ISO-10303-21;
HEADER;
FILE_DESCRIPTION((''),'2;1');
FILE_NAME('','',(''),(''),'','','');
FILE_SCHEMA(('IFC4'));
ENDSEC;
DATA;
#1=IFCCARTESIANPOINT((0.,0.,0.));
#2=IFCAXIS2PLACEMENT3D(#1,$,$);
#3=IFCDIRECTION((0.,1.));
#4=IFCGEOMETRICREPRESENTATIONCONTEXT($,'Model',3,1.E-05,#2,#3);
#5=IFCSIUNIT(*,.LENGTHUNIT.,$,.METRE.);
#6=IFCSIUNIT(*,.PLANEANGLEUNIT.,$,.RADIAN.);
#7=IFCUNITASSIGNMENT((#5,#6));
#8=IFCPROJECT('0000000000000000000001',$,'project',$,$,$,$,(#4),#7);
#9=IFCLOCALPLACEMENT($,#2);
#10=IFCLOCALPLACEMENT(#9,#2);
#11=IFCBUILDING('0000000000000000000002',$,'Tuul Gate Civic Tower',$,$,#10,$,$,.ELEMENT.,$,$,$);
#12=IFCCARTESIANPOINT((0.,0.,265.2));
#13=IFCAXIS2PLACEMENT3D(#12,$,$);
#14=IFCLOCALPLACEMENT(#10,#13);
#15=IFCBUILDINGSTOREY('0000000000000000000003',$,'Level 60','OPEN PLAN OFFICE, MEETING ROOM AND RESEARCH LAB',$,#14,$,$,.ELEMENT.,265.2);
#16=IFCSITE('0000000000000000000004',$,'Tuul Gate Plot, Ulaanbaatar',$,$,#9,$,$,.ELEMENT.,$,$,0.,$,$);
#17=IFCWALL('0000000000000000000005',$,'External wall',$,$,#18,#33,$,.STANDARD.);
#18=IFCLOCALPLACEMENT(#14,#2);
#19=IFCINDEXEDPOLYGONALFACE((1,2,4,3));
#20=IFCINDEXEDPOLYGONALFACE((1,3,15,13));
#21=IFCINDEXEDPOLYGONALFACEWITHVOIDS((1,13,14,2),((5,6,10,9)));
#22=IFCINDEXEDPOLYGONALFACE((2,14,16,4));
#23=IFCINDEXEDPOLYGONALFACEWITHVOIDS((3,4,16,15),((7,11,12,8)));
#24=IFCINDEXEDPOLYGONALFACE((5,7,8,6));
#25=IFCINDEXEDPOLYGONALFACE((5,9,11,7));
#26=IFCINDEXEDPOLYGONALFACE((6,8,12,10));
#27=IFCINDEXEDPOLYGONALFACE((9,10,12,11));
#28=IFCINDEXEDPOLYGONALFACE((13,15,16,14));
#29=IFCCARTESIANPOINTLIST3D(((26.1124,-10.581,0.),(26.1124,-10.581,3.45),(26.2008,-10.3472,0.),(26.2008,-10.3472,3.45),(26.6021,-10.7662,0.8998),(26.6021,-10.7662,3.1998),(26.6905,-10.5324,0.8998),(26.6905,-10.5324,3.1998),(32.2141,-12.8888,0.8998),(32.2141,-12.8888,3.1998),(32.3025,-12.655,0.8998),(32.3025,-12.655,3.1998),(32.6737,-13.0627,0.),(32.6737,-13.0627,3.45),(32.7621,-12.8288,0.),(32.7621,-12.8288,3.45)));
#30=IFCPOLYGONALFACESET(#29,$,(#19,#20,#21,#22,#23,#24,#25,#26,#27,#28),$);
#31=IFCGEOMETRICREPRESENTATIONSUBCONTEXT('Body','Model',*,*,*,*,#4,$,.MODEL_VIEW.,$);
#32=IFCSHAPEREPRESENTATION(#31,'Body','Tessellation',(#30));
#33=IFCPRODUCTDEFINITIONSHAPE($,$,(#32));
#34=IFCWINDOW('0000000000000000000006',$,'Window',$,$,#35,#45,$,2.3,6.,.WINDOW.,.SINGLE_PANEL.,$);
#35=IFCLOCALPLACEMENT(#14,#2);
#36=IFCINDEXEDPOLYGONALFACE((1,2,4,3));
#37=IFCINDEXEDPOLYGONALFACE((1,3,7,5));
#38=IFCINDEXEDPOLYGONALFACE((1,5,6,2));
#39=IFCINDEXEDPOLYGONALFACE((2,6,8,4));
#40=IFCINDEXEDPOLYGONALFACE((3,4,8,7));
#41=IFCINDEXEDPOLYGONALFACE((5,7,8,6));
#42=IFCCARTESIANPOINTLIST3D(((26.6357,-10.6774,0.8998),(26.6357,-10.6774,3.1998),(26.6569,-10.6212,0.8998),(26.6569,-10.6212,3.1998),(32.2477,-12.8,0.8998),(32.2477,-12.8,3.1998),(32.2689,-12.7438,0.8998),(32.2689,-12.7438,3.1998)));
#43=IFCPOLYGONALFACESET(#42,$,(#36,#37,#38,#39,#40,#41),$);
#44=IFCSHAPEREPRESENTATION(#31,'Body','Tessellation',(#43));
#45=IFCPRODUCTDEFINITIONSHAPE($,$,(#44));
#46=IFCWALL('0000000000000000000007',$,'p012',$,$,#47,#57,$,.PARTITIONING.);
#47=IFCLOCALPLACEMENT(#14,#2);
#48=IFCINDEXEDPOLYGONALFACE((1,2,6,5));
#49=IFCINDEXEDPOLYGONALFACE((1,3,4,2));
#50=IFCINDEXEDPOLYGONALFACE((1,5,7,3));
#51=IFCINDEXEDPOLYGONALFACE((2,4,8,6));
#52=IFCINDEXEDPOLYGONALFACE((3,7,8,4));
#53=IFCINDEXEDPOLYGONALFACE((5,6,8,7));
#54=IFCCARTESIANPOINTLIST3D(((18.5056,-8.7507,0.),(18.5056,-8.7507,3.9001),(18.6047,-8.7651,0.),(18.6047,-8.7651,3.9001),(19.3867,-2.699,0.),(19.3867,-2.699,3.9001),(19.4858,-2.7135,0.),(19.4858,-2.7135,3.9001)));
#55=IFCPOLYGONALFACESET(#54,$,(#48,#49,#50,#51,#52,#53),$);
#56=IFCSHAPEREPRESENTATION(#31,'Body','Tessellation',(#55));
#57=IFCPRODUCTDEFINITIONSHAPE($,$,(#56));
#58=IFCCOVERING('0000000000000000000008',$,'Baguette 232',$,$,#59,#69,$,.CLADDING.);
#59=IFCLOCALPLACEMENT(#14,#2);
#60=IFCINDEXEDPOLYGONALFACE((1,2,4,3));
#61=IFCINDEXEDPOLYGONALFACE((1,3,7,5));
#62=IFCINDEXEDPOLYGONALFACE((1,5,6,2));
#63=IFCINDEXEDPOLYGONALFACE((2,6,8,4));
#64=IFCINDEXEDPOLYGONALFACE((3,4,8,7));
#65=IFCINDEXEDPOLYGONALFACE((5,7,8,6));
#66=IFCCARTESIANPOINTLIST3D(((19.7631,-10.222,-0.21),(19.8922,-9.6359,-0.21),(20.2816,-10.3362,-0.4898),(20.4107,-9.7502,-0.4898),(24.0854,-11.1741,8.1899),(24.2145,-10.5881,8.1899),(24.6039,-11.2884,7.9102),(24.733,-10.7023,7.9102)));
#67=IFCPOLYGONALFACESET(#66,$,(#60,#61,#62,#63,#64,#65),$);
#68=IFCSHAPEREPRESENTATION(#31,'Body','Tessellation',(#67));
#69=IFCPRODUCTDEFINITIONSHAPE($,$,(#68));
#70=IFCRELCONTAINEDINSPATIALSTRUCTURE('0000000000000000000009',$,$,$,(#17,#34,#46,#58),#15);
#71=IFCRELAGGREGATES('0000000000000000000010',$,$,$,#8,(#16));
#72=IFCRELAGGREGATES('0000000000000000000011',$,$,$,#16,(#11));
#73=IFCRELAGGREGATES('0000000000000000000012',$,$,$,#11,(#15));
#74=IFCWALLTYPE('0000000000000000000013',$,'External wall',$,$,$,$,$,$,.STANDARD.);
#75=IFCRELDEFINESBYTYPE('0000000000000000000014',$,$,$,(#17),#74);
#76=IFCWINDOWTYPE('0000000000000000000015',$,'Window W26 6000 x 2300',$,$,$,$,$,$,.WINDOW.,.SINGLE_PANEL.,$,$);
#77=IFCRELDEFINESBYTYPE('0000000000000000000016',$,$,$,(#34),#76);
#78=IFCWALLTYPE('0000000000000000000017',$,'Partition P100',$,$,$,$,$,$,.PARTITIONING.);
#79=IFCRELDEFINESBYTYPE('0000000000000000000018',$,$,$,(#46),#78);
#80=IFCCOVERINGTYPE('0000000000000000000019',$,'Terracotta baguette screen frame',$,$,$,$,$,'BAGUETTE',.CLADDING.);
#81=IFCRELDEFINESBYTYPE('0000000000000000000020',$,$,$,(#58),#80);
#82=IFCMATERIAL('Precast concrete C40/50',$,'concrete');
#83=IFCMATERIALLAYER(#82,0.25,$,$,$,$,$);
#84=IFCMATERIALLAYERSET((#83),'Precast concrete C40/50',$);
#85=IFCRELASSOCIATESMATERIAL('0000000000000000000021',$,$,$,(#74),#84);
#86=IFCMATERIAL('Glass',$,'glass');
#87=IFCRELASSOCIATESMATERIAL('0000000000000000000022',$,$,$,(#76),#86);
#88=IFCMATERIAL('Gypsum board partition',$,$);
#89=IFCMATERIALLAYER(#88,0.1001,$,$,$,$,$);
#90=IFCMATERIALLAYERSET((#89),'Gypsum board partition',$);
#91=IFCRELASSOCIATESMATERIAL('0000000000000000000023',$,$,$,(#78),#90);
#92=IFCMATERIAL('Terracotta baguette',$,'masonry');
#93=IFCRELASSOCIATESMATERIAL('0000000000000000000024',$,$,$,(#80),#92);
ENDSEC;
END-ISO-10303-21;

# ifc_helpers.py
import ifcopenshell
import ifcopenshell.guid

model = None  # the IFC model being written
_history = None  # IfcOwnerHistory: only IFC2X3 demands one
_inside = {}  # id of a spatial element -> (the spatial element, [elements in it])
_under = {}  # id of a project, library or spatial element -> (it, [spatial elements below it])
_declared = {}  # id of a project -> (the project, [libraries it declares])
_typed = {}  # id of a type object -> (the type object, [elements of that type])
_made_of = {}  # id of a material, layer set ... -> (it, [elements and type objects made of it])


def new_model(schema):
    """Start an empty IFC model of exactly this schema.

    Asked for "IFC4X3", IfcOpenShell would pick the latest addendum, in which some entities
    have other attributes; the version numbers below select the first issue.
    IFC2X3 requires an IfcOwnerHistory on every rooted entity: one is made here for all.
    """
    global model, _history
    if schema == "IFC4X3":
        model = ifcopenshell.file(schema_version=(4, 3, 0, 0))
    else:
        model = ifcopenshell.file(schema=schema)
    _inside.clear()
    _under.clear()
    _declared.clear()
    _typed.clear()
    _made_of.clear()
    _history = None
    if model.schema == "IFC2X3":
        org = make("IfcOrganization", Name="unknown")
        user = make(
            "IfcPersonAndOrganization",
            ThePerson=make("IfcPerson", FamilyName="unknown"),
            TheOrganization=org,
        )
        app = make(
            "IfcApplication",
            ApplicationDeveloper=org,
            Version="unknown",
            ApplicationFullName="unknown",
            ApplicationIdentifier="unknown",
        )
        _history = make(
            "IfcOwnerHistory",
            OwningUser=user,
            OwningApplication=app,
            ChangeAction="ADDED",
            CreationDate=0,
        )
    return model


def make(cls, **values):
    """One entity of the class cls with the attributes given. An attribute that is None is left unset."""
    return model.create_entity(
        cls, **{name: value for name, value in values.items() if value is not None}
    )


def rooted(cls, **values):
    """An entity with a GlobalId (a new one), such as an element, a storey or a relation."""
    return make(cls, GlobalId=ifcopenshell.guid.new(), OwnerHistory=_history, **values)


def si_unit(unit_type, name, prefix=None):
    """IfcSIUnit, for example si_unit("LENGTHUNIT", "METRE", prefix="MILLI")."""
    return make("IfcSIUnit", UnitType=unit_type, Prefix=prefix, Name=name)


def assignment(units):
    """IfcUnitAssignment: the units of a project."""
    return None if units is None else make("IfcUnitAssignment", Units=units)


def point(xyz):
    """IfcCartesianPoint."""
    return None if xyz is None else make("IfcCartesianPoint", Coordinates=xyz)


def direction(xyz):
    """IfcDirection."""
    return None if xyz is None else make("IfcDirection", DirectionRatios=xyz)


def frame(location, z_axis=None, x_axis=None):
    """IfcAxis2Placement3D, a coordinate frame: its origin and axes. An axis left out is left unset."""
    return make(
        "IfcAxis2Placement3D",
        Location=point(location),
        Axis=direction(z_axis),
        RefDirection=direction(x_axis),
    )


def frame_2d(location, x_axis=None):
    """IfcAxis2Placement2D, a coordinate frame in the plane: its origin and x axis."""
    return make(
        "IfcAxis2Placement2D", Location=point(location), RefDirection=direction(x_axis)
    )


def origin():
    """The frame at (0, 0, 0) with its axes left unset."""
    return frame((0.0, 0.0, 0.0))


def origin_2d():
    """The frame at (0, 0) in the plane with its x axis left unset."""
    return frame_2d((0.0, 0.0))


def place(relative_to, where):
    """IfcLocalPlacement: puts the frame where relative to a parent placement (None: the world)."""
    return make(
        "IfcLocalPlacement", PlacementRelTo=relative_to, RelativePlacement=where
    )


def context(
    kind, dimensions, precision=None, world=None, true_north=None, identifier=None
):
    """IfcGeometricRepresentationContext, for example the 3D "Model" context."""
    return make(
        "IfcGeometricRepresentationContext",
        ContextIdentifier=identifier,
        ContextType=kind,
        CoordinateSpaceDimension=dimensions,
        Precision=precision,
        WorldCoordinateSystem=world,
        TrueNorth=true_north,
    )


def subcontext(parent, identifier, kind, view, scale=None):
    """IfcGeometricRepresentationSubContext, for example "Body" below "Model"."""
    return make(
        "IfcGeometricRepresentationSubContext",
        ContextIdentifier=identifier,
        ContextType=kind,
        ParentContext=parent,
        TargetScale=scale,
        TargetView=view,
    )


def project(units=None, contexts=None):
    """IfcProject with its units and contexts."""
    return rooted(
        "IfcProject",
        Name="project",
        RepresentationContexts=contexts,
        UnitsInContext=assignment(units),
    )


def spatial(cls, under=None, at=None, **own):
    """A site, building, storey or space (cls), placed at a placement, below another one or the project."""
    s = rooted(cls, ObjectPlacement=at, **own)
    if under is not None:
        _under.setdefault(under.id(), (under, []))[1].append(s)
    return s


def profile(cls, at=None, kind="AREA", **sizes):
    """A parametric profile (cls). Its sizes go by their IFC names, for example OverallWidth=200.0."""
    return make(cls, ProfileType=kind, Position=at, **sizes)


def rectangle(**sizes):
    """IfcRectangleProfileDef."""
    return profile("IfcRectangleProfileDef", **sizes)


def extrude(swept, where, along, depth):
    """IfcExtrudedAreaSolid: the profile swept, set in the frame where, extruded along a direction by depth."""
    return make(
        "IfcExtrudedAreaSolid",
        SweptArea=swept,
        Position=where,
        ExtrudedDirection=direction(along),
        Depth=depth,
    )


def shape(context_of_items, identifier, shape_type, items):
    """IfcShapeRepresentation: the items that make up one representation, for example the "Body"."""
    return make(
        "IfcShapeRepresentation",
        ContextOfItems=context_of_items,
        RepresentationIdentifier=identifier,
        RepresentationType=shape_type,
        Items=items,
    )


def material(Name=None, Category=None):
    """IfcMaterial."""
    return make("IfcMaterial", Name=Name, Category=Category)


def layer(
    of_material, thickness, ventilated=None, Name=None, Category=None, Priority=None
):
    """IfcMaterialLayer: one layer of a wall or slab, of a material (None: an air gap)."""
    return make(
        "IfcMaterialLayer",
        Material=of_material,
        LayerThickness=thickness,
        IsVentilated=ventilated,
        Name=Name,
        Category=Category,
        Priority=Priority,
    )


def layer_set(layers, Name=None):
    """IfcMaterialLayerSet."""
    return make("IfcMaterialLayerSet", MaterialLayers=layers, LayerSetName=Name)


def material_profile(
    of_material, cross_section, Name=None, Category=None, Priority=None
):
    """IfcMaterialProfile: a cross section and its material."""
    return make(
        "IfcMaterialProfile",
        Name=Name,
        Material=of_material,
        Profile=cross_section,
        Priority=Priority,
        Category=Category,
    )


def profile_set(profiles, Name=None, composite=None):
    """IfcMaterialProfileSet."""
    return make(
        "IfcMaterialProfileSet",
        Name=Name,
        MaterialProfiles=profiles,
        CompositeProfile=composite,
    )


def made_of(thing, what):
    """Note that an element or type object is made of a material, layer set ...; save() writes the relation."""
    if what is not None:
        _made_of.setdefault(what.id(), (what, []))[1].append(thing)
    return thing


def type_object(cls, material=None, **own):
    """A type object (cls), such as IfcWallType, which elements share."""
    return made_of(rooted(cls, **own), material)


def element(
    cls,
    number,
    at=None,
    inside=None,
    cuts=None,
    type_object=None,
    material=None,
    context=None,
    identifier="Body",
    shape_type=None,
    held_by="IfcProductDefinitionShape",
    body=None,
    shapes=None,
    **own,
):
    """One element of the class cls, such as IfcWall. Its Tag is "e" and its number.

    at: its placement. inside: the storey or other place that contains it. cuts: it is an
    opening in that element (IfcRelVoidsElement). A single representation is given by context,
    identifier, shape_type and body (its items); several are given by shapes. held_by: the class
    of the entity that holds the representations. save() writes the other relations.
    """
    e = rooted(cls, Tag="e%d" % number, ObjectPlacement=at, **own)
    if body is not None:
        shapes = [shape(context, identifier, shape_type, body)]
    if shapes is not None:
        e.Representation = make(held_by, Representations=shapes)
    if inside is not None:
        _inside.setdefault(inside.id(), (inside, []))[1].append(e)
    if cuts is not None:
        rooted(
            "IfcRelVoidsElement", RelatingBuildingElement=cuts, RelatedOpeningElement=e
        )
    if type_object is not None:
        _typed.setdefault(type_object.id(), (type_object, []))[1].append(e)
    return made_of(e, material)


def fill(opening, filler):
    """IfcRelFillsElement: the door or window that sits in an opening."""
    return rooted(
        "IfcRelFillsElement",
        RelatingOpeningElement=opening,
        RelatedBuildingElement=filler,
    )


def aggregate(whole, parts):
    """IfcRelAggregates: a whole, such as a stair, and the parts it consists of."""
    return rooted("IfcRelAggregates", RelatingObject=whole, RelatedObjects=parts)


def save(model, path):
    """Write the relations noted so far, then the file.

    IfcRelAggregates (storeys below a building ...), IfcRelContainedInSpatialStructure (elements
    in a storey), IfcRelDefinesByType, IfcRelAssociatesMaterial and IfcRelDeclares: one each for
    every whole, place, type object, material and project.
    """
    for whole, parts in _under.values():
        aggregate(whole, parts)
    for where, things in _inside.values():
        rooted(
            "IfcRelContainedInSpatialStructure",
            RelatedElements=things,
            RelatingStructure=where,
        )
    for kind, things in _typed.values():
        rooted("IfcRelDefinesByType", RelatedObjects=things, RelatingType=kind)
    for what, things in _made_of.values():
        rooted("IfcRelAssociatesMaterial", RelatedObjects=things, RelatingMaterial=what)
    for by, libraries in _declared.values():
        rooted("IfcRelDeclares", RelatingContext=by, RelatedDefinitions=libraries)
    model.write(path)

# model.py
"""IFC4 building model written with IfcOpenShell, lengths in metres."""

from ifc_helpers import new_model, si_unit, direction, frame, frame_2d, origin, origin_2d, place, context, subcontext, project, spatial, rectangle, extrude, material, layer, layer_set, material_profile, profile_set, type_object, element, fill, save


model = new_model("IFC4")

# Units and contexts
model_context = context("Model", 3, precision=1e-05, world=origin(), true_north=direction((0.0, 1.0)))
body_context = subcontext(model_context, "Body", "Model", "MODEL_VIEW")
ifc_project = project(units=[si_unit("LENGTHUNIT", "METRE"), si_unit("PLANEANGLEUNIT", "RADIAN")], contexts=[model_context])

# Site, building, storey
site_placement = place(None, origin())
site = spatial("IfcSite", under=ifc_project, at=site_placement, Name="Tuul Gate Plot, Ulaanbaatar", CompositionType="ELEMENT", RefElevation=0.0)
building_placement = place(site_placement, origin())
building = spatial("IfcBuilding", under=site, at=building_placement, Name="Tuul Gate Civic Tower", CompositionType="ELEMENT")
storey_placement = place(building_placement, frame((0.0, 0.0, 265.2)))
storey = spatial("IfcBuildingStorey", under=building, at=storey_placement, Name="Level 60", Description="OPEN PLAN OFFICE, MEETING ROOM AND RESEARCH LAB", CompositionType="ELEMENT", Elevation=265.2)

# Wall, opening, window
ifc_material_1 = material(Name="Precast concrete C40/50", Category="concrete")
ifc_layer_1 = layer(ifc_material_1, 0.25)
ifc_layer_set_1 = layer_set([ifc_layer_1], Name="Precast concrete C40/50")
wall_type_1 = type_object("IfcWallType", Name="External wall", PredefinedType="STANDARD", material=ifc_layer_set_1)
ifc_material_2 = material(Name="Glass", Category="glass")
window_type = type_object("IfcWindowType", Name="Window W26 6000 x 2300", PartitioningType="SINGLE_PANEL", PredefinedType="WINDOW", material=ifc_material_2)
wall_1_placement = place(storey_placement, frame((26.1567, -10.4641, 0.0), z_axis=(0.0, 0.0, 1.0), x_axis=(0.935331, -0.353773, 0.0)))
wall_1 = element("IfcWall", 1, at=wall_1_placement, inside=storey, type_object=wall_type_1, Name="External wall", PredefinedType="STANDARD", context=body_context, shape_type="SweptSolid", body=[
    extrude(rectangle(XDim=7.0149, YDim=0.25, at=frame_2d((3.5073, 0.0))), origin(), (0.0, 0.0, 1.0), 3.45),
])
opening_1_placement = place(wall_1_placement, frame((0.5234, 0.0, 0.8999)))
opening_1 = element("IfcOpeningElement", 2, at=opening_1_placement, cuts=wall_1, PredefinedType="OPENING", context=body_context, shape_type="SweptSolid", body=[
    extrude(rectangle(XDim=6.0, YDim=2.3, at=frame_2d((3.0, 1.1499))), frame((0.0, 0.135, 0.0), z_axis=(0.0, -1.0, 0.0), x_axis=(1.0, 0.0, 0.0)), (0.0, 0.0, 1.0), 0.27),
])
window_1_placement = place(opening_1_placement, origin())
window_1 = element("IfcWindow", 3, at=window_1_placement, inside=storey, type_object=window_type, Name="Window", OverallHeight=2.3, OverallWidth=6.0, PartitioningType="SINGLE_PANEL", PredefinedType="WINDOW", context=body_context, shape_type="SweptSolid", body=[
    extrude(rectangle(XDim=6.0, YDim=2.3, at=frame_2d((3.0, 1.1499))), frame((0.0, 0.03, 0.0), z_axis=(0.0, -1.0, 0.0), x_axis=(1.0, 0.0, 0.0)), (0.0, 0.0, 1.0), 0.0601),
])
fill(opening_1, window_1)

# Wall
ifc_material_3 = material(Name="Gypsum board partition")
ifc_layer_2 = layer(ifc_material_3, 0.1001)
ifc_layer_set_2 = layer_set([ifc_layer_2], Name="Gypsum board partition")
wall_type_2 = type_object("IfcWallType", Name="Partition P100", PredefinedType="PARTITIONING", material=ifc_layer_set_2)
wall_2_placement = place(storey_placement, frame((18.5552, -8.7578, 0.0), z_axis=(0.0, 0.0, 1.0), x_axis=(0.144076, 0.989567, 0.0)))
element("IfcWall", 4, at=wall_2_placement, inside=storey, type_object=wall_type_2, Name="p012", PredefinedType="PARTITIONING", context=body_context, shape_type="SweptSolid", body=[
    extrude(rectangle(XDim=6.1155, YDim=0.1001, at=frame_2d((3.0576, 0.0))), origin(), (0.0, 0.0, 1.0), 3.9001),
])

# Covering
ifc_material_4 = material(Name="Terracotta baguette", Category="masonry")
ifc_material_profile_1 = material_profile(ifc_material_4, rectangle(XDim=0.6001, YDim=0.6001, at=origin_2d()), Name="Terracotta baguette screen frame")
ifc_profile_set_1 = profile_set([ifc_material_profile_1], Name="Terracotta baguette")
covering_type = type_object("IfcCoveringType", Name="Terracotta baguette screen frame", ElementType="BAGUETTE", PredefinedType="CLADDING", material=ifc_profile_set_1)
covering_placement = place(storey_placement, frame((24.4092, -10.9382, 8.05), z_axis=(-0.455235, 0.100283, -0.884706), x_axis=(-0.215131, -0.976585, 0.0)))
element("IfcCovering", 5, at=covering_placement, inside=storey, type_object=covering_type, Name="Baguette 232", PredefinedType="CLADDING", context=body_context, shape_type="SweptSolid", body=[
    extrude(rectangle(XDim=0.6001, YDim=0.6001, at=origin_2d()), origin(), (0.0, 0.0, 1.0), 9.4946),
])

save(model, "model.ifc")
